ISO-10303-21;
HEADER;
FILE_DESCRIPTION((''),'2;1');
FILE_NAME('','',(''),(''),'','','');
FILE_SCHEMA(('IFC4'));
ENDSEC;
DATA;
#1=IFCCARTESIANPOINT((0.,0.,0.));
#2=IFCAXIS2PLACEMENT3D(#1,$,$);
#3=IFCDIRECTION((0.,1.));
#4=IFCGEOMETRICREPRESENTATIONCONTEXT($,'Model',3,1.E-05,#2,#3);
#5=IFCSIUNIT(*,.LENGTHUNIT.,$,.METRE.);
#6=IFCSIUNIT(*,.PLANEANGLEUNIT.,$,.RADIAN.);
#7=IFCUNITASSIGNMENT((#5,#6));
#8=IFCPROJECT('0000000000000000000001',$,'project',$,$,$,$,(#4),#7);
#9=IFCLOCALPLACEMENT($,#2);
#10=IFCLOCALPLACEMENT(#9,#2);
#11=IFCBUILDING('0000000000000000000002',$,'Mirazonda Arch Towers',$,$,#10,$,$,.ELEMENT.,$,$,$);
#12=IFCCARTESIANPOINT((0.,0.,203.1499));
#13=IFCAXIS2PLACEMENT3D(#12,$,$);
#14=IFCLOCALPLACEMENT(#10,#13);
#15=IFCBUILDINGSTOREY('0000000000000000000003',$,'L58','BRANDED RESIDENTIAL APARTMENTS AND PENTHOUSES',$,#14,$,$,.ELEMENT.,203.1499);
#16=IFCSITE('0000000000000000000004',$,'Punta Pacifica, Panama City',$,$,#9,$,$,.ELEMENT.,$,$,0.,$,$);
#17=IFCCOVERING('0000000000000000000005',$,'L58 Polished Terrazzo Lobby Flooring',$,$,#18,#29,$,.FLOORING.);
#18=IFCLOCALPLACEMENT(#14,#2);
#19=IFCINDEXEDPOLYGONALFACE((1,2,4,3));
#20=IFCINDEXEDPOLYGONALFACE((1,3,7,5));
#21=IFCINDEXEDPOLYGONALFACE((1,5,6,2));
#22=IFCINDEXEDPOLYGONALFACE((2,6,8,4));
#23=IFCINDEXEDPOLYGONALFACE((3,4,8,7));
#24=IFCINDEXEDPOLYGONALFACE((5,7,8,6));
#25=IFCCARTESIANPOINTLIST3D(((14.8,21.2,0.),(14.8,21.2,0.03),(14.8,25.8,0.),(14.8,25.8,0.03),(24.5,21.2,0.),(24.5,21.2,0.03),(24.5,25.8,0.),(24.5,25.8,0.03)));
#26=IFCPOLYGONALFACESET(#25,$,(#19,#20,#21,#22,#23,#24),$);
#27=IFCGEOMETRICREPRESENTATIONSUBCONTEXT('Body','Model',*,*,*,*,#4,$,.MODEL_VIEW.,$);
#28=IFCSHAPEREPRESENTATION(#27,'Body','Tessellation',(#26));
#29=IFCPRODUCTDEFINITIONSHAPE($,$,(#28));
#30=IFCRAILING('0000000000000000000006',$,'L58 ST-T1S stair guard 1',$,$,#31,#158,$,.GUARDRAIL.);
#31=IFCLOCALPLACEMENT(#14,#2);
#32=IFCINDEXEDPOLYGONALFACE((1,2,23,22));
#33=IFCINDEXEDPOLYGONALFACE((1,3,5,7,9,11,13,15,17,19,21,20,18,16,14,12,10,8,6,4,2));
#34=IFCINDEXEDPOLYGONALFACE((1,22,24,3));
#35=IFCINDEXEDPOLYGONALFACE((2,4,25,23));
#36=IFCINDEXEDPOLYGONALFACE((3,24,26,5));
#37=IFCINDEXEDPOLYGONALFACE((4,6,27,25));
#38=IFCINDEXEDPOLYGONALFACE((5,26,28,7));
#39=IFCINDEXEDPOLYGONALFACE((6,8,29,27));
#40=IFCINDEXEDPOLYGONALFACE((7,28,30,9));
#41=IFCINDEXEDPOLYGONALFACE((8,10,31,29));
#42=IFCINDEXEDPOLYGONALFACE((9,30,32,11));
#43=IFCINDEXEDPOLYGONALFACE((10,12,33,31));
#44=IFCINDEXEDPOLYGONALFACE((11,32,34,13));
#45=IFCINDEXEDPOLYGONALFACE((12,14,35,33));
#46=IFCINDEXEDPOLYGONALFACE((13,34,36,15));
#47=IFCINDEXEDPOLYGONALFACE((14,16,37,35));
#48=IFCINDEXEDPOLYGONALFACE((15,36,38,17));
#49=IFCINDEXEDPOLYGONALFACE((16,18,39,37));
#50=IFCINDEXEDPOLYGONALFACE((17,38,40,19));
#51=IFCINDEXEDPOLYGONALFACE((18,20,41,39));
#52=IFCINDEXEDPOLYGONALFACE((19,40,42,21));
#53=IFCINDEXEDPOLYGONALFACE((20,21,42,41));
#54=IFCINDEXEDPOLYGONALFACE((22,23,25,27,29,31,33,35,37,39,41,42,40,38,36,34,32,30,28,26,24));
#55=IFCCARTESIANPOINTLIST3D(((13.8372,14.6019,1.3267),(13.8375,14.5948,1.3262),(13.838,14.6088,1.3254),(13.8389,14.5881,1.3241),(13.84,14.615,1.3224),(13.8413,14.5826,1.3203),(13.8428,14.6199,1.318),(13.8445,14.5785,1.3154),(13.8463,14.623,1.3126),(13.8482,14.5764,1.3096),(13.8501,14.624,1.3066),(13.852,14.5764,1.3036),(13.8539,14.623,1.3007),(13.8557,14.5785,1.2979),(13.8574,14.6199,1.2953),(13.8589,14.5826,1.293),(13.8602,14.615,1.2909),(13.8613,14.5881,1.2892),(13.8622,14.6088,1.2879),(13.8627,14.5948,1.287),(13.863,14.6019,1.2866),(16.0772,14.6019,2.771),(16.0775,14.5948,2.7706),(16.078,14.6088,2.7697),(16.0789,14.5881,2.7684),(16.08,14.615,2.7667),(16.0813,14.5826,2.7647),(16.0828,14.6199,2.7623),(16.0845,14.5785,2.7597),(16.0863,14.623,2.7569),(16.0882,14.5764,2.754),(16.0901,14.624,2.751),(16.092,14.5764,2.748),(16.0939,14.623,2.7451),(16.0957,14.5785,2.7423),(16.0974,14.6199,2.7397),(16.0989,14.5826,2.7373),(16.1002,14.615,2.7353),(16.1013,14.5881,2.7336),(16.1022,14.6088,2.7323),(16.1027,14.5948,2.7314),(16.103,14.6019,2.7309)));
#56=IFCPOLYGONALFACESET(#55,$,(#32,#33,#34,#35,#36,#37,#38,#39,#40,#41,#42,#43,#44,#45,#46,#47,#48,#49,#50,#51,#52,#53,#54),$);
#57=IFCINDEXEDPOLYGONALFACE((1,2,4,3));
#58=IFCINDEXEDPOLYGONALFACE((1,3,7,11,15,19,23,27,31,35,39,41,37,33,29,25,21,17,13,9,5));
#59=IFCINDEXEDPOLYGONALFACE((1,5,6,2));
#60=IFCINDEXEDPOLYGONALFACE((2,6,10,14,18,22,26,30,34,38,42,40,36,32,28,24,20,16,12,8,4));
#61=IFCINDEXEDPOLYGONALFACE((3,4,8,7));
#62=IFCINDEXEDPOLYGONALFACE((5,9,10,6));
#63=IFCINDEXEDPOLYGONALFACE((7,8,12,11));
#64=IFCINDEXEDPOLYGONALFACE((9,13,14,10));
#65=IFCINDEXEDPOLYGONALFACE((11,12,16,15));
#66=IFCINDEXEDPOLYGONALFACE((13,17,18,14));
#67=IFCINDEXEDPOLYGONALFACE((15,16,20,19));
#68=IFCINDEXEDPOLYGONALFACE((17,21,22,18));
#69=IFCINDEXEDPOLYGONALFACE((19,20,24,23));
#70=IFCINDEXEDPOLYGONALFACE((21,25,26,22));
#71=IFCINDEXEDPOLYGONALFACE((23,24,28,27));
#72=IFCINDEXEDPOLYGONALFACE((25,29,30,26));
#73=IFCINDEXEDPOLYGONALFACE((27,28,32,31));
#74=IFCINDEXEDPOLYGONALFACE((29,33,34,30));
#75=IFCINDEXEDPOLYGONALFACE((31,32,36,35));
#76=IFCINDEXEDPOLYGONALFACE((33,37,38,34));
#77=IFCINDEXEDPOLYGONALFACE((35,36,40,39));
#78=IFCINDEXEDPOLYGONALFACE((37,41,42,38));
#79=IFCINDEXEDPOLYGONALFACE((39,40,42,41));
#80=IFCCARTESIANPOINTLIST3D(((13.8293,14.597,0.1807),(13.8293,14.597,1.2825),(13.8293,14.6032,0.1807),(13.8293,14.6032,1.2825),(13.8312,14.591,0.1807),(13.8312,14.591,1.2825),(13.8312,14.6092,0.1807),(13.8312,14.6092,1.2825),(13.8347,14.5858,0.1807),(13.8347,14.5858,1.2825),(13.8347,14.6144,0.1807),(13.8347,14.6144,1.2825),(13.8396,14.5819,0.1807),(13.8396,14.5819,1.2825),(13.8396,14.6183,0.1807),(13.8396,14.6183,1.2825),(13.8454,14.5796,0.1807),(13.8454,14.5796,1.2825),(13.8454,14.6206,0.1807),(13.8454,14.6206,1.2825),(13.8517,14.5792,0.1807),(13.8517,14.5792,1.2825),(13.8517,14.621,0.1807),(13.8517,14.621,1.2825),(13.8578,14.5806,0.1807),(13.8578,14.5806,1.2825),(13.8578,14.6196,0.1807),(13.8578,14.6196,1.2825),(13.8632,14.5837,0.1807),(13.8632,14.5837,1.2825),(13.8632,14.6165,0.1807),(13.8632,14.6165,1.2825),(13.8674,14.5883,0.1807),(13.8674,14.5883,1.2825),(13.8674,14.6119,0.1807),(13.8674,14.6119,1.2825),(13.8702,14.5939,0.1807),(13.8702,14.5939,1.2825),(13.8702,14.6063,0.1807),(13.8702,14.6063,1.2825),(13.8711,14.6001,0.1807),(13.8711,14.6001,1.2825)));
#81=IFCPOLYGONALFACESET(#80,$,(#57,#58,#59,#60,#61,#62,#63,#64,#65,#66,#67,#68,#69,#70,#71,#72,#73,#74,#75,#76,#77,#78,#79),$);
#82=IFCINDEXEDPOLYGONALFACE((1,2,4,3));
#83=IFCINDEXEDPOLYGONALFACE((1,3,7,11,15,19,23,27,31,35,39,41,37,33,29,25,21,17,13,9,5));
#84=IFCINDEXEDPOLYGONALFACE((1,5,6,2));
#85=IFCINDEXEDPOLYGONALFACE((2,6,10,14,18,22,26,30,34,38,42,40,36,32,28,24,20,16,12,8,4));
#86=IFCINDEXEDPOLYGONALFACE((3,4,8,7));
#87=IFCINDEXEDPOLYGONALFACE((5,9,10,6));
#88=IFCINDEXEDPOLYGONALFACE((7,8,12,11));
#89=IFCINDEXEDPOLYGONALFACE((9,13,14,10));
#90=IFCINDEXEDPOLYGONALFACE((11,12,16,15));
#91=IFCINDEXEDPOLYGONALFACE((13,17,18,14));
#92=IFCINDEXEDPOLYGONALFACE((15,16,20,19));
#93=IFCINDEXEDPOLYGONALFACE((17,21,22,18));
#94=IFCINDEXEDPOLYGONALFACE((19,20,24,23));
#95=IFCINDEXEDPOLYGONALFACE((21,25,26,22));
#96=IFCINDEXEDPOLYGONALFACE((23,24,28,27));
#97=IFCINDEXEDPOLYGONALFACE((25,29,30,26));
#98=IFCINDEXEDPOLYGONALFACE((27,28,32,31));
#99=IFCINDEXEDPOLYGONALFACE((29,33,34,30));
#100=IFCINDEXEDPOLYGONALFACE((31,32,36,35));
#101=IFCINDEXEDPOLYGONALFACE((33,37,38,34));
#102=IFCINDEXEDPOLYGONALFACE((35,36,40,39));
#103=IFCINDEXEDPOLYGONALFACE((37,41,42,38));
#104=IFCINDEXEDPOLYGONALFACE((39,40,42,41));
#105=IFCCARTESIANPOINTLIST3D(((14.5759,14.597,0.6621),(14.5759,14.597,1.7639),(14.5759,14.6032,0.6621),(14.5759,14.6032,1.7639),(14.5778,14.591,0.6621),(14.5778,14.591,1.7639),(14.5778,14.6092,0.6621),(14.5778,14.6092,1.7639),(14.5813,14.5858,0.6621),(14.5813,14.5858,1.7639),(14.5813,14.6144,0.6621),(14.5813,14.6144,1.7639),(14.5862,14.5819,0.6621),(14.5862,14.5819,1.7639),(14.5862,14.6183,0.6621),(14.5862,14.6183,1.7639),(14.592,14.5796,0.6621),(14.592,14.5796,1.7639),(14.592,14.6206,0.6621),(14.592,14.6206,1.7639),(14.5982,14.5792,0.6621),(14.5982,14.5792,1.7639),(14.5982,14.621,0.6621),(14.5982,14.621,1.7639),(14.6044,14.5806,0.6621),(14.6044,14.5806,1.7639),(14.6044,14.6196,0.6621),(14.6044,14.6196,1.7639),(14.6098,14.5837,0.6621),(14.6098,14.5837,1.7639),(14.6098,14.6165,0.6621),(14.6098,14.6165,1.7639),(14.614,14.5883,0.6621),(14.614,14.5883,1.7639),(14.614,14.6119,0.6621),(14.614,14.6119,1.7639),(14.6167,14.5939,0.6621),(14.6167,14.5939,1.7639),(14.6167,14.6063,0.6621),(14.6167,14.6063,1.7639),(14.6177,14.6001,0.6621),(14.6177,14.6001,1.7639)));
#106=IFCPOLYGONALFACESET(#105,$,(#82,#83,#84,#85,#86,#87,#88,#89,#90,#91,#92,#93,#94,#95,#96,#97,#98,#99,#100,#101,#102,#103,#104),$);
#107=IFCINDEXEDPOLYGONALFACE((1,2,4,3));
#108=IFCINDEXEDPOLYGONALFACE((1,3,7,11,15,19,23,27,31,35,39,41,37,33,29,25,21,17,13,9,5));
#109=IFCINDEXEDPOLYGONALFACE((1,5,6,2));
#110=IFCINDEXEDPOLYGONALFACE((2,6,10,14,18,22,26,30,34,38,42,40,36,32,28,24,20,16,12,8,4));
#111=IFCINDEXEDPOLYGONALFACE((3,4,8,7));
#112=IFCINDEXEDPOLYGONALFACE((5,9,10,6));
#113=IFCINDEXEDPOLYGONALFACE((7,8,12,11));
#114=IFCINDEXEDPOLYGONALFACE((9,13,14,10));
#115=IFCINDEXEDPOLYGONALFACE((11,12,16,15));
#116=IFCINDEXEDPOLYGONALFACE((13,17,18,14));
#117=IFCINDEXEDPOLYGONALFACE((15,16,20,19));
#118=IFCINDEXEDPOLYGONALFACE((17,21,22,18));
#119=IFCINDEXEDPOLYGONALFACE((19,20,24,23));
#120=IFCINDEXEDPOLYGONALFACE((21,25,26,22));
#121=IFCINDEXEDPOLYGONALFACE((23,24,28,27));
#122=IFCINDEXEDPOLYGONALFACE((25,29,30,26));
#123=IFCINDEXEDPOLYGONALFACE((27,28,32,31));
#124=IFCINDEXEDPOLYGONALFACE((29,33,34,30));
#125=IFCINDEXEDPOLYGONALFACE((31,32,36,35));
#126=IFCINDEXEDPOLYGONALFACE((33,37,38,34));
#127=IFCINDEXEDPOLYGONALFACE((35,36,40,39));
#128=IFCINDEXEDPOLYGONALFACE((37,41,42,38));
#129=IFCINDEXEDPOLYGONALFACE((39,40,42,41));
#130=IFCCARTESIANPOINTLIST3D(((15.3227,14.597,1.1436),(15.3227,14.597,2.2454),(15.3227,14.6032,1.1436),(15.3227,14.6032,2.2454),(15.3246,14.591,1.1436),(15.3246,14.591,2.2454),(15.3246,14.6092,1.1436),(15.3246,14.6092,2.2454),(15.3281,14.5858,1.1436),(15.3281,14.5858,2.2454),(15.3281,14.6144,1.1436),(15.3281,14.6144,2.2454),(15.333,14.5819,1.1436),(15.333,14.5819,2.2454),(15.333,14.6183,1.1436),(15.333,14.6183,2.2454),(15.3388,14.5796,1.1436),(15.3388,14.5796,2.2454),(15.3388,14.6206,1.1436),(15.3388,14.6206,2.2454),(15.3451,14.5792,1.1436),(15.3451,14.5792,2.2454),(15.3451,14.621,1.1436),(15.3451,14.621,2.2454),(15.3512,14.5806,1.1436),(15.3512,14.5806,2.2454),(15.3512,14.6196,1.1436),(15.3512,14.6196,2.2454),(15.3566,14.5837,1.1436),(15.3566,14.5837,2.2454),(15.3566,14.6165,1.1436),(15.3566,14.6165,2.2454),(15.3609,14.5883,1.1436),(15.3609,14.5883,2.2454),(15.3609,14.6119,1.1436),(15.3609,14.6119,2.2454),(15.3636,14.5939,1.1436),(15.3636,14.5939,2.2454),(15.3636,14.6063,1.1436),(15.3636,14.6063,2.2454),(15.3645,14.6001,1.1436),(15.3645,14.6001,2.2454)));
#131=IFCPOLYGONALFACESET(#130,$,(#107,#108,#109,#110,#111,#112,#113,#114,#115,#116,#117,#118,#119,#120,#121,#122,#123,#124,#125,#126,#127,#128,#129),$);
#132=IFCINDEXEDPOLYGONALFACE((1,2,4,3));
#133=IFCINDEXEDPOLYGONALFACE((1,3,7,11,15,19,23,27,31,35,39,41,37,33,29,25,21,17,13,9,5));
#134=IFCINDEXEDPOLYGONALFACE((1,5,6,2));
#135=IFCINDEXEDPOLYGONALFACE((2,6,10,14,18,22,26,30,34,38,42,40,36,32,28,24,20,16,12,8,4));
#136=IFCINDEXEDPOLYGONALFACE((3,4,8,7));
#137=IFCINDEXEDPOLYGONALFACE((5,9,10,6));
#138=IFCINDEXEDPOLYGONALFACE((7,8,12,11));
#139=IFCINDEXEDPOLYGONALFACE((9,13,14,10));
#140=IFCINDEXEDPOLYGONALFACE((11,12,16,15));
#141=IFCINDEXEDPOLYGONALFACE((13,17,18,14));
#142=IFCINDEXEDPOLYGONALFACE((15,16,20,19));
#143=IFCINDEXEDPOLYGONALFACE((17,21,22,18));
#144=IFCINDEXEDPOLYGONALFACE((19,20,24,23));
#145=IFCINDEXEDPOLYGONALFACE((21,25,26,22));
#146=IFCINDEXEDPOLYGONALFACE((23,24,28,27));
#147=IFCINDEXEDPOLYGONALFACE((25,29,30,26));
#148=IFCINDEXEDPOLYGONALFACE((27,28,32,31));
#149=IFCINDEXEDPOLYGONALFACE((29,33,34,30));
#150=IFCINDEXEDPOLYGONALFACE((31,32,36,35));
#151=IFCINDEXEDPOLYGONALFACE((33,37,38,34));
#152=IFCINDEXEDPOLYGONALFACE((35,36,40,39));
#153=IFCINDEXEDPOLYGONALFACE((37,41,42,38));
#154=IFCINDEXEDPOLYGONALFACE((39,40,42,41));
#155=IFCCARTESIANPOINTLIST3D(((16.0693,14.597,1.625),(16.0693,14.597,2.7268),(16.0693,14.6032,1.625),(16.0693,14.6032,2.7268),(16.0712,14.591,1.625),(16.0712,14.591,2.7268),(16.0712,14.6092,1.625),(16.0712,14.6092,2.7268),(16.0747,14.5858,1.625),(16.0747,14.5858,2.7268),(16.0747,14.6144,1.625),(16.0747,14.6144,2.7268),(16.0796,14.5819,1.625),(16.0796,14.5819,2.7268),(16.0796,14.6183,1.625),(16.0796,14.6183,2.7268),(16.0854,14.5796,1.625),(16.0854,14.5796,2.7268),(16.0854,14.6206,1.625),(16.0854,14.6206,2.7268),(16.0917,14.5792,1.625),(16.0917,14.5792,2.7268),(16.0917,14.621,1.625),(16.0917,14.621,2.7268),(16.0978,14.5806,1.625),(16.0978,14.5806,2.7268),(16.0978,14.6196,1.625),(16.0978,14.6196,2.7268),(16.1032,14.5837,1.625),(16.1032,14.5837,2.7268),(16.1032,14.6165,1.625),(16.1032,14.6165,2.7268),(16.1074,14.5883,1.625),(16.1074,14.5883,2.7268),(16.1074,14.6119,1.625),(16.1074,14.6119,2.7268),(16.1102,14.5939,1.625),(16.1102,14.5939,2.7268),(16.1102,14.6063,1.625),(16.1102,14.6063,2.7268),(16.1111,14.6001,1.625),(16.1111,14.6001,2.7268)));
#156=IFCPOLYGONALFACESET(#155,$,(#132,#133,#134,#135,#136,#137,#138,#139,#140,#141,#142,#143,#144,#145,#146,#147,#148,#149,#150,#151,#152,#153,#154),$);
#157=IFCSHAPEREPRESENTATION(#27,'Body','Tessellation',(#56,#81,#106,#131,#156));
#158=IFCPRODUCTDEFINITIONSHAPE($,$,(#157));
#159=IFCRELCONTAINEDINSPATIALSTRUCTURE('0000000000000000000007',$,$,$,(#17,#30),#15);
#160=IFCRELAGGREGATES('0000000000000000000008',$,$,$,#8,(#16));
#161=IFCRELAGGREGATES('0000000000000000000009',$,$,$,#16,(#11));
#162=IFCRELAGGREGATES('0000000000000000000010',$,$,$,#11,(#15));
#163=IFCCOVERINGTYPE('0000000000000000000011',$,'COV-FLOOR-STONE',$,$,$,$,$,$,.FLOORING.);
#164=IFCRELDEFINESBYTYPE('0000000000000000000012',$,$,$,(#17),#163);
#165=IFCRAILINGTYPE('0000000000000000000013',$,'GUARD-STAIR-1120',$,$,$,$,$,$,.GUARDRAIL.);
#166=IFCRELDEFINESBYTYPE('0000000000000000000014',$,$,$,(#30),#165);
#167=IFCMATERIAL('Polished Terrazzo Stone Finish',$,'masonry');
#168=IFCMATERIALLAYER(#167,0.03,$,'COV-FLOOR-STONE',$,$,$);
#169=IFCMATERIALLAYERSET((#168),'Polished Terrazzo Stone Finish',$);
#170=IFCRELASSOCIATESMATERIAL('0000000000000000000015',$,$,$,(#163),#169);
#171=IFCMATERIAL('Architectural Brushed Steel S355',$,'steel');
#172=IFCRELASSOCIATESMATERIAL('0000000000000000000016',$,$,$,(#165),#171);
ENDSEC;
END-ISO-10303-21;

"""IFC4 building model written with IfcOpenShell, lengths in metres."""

from ifc_helpers import new_model, si_unit, direction, frame, origin, origin_2d, place, context, subcontext, project, spatial, polyline, circle, outline, extrude, material, layer, layer_set, type_object, element, save


model = new_model("IFC4")

# Units and contexts
model_context = context("Model", 3, precision=1e-05, world=origin(), true_north=direction((0.0, 1.0)))
body_context = subcontext(model_context, "Body", "Model", "MODEL_VIEW")
ifc_project = project(units=[si_unit("LENGTHUNIT", "METRE"), si_unit("PLANEANGLEUNIT", "RADIAN")], contexts=[model_context])

# Site, building, storey
site_placement = place(None, origin())
site = spatial("IfcSite", under=ifc_project, at=site_placement, Name="Punta Pacifica, Panama City", CompositionType="ELEMENT", RefElevation=0.0)
building_placement = place(site_placement, origin())
building = spatial("IfcBuilding", under=site, at=building_placement, Name="Mirazonda Arch Towers", CompositionType="ELEMENT")
storey_placement = place(building_placement, frame((0.0, 0.0, 203.1499)))
storey = spatial("IfcBuildingStorey", under=building, at=storey_placement, Name="L58", Description="BRANDED RESIDENTIAL APARTMENTS AND PENTHOUSES", CompositionType="ELEMENT", Elevation=203.1499)

# Shared definitions
ifc_material_1 = material(Name="Architectural Brushed Steel S355", Category="steel")

# Covering
ifc_material_2 = material(Name="Polished Terrazzo Stone Finish", Category="masonry")
ifc_layer_1 = layer(ifc_material_2, 0.03, Name="COV-FLOOR-STONE")
ifc_layer_set_1 = layer_set([ifc_layer_1], Name="Polished Terrazzo Stone Finish")
covering_type_1 = type_object("IfcCoveringType", Name="COV-FLOOR-STONE", PredefinedType="FLOORING", material=ifc_layer_set_1)
covering_1_placement = place(storey_placement, origin())
element("IfcCovering", 1, at=covering_1_placement, inside=storey, type_object=covering_type_1, Name="L58 Polished Terrazzo Lobby Flooring", PredefinedType="FLOORING", context=body_context, shape_type="SweptSolid", body=[
    extrude(outline(polyline([(14.8, 21.2), (24.5, 21.2), (24.5, 25.8), (14.8, 25.8), (14.8, 21.2)])), origin(), (0.0, 0.0, 1.0), 0.03),
])

# Railing
railing_type_1 = type_object("IfcRailingType", Name="GUARD-STAIR-1120", PredefinedType="GUARDRAIL", material=ifc_material_1)
railing_1_placement = place(storey_placement, frame((13.8501, 14.6001, 0.1807)))
element("IfcRailing", 2, at=railing_1_placement, inside=storey, type_object=railing_type_1, Name="L58 ST-T1S stair guard 1", PredefinedType="GUARDRAIL", context=body_context, shape_type="SweptSolid", body=[
    extrude(circle(Radius=0.0239, at=origin_2d()), frame((0.0, 0.0, 1.126), z_axis=(0.840437, 0.0, 0.54191), x_axis=(0.0, 1.0, 0.0)), (0.0, 0.0, 1.0), 2.6653),
    extrude(circle(Radius=0.021, at=origin_2d()), origin(), (0.0, 0.0, 1.0), 1.1018),
    extrude(circle(Radius=0.021, at=origin_2d()), frame((0.7466, 0.0, 0.4814)), (0.0, 0.0, 1.0), 1.1018),
    extrude(circle(Radius=0.021, at=origin_2d()), frame((1.4934, 0.0, 0.9629)), (0.0, 0.0, 1.0), 1.1018),
    extrude(circle(Radius=0.021, at=origin_2d()), frame((2.24, 0.0, 1.4443)), (0.0, 0.0, 1.0), 1.1018),
])

save(model, "model.ifc")
